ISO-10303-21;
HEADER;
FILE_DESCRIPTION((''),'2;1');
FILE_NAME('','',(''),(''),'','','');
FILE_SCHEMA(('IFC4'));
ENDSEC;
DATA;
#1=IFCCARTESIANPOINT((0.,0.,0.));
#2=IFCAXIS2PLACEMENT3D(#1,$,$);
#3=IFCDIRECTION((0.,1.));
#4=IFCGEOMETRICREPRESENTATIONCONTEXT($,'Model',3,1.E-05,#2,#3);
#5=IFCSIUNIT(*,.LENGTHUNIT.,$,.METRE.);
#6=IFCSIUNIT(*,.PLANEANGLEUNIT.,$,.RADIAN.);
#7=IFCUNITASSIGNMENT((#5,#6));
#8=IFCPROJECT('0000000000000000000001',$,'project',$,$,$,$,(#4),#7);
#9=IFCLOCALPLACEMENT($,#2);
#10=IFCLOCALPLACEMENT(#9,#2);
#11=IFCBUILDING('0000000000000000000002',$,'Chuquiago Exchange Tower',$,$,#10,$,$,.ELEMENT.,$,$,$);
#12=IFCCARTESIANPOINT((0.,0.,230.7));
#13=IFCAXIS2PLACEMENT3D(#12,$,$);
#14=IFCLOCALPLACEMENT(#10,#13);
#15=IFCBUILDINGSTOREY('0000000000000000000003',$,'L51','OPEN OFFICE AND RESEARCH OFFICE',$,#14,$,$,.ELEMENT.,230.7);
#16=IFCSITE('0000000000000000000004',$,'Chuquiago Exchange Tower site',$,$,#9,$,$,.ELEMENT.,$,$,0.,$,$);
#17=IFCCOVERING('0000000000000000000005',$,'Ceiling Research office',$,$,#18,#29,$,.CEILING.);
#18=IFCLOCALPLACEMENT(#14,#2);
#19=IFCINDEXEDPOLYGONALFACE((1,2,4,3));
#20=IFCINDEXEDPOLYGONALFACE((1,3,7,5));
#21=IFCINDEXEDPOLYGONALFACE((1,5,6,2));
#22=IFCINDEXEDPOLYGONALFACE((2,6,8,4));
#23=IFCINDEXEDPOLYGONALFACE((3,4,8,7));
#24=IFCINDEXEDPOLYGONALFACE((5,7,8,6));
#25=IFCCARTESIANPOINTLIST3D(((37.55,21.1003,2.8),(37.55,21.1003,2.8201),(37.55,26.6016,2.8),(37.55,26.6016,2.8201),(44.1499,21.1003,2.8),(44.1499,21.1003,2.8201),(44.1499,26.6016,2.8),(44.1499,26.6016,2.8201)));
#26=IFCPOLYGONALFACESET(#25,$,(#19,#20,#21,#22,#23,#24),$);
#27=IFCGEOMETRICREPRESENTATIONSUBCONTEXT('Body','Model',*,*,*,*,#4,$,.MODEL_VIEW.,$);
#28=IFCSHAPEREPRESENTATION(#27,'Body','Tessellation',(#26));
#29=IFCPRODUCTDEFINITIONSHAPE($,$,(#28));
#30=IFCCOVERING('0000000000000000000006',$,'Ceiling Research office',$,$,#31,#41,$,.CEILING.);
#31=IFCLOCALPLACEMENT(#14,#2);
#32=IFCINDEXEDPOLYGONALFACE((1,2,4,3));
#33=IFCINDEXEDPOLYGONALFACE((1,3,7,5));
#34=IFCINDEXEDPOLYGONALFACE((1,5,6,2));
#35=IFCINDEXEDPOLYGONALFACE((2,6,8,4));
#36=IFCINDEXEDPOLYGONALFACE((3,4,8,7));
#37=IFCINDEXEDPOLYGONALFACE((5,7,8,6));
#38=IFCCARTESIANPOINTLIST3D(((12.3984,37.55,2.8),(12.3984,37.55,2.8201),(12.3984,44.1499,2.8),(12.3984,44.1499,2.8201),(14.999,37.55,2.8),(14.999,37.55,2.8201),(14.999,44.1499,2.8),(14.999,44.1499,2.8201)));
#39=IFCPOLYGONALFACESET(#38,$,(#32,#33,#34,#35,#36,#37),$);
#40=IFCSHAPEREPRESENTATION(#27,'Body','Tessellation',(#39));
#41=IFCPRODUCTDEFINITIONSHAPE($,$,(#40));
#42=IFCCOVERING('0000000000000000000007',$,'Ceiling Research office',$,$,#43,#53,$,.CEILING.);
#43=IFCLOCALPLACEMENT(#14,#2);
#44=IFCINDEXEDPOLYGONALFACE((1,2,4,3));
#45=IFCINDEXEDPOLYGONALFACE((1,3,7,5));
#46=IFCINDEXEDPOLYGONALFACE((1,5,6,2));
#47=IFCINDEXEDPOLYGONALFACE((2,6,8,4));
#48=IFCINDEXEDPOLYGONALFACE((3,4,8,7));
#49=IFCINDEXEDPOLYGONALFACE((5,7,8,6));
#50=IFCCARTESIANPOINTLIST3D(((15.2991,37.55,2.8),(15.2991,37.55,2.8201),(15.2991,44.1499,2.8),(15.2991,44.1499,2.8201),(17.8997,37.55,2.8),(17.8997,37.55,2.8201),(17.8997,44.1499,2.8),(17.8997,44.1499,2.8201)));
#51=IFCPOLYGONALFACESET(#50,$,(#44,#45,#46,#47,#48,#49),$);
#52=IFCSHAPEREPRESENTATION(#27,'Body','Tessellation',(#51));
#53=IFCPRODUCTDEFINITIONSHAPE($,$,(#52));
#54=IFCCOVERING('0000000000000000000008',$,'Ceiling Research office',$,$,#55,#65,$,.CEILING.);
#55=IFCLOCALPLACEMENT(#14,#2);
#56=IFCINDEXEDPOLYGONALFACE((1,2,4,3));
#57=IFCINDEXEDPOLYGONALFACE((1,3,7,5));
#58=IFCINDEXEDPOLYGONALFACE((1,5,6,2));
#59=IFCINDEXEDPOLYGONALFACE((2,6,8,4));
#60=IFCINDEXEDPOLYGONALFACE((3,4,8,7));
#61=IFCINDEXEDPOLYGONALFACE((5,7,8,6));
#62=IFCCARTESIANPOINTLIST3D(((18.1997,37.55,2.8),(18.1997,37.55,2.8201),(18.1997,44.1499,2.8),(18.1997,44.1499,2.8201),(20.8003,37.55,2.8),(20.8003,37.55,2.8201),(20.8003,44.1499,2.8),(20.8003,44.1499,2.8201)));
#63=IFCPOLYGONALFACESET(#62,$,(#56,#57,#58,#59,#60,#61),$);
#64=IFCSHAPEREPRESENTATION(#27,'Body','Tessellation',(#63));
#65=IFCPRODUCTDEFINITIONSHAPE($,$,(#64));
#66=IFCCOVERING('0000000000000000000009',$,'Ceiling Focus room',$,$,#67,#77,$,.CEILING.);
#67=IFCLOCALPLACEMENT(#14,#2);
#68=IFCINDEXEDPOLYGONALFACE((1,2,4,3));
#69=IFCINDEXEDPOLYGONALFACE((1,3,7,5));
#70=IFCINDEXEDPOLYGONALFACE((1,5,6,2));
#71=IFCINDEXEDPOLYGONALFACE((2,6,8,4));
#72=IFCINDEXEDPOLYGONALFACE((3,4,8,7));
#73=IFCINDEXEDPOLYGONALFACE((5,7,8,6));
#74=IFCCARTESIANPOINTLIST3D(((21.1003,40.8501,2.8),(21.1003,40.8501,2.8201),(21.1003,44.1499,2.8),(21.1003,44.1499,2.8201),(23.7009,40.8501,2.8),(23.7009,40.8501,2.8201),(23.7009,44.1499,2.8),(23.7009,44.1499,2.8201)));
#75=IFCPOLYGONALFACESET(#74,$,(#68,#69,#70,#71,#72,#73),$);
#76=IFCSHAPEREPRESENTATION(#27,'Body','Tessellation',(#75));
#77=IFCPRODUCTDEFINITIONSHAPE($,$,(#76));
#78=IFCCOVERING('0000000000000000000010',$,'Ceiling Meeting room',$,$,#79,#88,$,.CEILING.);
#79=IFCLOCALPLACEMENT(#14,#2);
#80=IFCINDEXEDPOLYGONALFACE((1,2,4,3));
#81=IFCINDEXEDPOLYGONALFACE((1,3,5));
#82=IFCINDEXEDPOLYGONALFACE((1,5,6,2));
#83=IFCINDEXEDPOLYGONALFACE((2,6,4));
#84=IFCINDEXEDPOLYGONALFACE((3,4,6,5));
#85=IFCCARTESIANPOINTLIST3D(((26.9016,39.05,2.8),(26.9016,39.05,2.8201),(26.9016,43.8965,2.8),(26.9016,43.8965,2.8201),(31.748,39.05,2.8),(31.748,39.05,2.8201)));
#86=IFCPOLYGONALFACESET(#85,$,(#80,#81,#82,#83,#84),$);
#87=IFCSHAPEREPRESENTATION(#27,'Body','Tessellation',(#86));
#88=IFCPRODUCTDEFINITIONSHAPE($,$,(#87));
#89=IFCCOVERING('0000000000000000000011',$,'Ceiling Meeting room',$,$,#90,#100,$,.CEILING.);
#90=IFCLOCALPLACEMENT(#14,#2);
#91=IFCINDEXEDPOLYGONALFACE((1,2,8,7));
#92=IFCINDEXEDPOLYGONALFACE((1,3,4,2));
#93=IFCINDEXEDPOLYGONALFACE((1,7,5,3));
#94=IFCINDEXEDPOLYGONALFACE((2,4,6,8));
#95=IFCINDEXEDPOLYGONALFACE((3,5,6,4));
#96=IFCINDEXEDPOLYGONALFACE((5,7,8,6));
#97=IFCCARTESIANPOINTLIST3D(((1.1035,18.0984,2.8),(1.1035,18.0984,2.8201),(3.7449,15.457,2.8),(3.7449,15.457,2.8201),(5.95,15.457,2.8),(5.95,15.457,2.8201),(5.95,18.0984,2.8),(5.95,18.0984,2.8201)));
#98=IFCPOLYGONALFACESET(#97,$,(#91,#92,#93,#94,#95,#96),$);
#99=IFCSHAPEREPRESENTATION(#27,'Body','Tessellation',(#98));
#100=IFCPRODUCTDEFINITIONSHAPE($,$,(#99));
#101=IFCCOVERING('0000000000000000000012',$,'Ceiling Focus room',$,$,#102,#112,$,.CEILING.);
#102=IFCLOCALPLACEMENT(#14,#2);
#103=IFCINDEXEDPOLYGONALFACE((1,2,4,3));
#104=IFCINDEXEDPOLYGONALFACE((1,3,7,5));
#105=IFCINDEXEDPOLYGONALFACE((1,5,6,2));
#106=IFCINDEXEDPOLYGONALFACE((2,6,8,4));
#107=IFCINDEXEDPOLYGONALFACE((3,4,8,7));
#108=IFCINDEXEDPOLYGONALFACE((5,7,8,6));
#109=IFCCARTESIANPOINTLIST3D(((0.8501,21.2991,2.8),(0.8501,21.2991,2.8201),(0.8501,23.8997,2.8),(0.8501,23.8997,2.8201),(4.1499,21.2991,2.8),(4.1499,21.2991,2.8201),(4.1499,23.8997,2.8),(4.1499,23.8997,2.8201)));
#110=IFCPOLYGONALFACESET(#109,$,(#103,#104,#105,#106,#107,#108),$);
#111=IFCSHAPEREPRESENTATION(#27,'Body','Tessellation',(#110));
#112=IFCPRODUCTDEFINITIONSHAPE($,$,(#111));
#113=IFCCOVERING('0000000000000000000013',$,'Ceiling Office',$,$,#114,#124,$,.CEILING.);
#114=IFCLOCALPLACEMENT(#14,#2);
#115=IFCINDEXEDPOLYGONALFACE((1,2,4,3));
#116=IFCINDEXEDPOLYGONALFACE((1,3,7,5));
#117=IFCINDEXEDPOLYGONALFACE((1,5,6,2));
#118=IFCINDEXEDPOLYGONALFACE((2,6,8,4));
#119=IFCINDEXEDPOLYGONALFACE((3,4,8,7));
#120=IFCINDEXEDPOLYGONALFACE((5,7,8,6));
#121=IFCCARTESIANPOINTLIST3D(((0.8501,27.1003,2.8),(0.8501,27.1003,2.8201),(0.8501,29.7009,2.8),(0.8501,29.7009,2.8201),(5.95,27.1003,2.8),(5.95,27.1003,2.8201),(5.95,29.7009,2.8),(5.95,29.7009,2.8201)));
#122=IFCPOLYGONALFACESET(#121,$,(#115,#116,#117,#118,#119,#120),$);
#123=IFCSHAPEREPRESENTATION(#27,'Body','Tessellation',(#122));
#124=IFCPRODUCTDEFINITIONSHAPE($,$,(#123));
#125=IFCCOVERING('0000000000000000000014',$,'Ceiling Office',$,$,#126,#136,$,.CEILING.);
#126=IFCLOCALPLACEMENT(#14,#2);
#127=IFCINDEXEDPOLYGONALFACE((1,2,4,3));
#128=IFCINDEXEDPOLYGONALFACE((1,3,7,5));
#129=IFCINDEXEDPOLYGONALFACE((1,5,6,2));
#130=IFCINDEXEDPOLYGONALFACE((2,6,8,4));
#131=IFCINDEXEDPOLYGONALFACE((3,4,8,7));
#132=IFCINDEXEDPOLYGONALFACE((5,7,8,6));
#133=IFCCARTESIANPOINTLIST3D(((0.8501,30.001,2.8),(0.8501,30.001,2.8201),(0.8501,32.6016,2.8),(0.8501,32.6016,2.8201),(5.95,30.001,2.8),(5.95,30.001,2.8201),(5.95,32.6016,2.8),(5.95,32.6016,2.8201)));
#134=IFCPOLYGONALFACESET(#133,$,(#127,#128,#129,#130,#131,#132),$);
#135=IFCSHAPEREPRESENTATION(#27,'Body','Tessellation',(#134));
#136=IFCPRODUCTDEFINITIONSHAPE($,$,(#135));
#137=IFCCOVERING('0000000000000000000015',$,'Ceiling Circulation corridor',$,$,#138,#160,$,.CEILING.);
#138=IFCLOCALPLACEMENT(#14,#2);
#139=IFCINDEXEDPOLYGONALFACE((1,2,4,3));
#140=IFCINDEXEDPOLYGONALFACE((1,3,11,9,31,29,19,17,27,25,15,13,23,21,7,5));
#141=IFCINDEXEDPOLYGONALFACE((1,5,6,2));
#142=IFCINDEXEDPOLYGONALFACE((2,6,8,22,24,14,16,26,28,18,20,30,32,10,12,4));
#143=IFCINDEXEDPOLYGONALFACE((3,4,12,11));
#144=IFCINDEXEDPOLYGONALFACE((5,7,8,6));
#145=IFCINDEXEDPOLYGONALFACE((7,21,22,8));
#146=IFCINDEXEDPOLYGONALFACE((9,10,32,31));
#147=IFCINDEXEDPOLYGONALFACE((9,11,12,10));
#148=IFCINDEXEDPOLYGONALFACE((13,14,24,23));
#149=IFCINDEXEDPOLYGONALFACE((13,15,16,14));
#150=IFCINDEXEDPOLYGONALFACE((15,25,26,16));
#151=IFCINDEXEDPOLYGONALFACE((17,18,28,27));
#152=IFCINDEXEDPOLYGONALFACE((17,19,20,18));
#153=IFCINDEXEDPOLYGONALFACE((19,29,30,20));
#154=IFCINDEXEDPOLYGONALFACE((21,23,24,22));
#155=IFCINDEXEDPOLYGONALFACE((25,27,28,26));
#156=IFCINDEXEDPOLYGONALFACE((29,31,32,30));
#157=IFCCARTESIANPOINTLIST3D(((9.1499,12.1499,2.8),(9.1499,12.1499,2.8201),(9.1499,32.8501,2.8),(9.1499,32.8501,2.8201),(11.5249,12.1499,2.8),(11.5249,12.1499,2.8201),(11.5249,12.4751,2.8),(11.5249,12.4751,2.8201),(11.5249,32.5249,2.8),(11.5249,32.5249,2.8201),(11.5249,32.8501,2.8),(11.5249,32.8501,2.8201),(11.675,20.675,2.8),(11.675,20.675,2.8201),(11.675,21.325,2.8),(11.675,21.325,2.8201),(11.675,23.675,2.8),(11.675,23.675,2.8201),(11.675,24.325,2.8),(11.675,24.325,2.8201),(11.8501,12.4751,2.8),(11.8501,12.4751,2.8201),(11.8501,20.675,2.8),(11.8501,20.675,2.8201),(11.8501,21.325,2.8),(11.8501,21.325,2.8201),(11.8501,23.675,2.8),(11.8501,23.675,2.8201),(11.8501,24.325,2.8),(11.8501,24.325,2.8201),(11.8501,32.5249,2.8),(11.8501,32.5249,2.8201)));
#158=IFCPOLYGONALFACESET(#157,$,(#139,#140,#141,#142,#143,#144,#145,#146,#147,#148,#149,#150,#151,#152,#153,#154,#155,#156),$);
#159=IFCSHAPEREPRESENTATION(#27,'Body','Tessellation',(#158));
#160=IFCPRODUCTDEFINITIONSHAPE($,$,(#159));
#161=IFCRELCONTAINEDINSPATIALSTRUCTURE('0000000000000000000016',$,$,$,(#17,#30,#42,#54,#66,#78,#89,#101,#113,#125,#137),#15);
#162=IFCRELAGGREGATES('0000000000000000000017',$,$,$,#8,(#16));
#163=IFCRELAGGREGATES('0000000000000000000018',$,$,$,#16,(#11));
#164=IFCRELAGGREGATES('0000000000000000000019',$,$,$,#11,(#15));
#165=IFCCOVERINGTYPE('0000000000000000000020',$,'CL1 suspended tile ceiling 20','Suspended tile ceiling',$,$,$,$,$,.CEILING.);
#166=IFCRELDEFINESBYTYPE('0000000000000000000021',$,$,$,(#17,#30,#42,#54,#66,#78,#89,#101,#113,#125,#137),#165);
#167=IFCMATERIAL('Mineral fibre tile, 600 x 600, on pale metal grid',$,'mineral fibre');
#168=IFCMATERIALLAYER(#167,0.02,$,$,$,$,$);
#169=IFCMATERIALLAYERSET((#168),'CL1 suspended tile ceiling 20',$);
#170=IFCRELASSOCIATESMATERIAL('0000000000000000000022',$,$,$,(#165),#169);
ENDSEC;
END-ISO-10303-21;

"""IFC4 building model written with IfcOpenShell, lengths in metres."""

from ifc_helpers import new_model, si_unit, direction, frame, origin, place, context, subcontext, project, spatial, polyline, outline, extrude, material, layer, layer_set, type_object, element, save


model = new_model("IFC4")

# Units and contexts
model_context = context("Model", 3, precision=1e-05, world=origin(), true_north=direction((0.0, 1.0)))
body_context = subcontext(model_context, "Body", "Model", "MODEL_VIEW")
ifc_project = project(units=[si_unit("LENGTHUNIT", "METRE"), si_unit("PLANEANGLEUNIT", "RADIAN")], contexts=[model_context])

# Site, building, storey
site_placement = place(None, origin())
site = spatial("IfcSite", under=ifc_project, at=site_placement, Name="Chuquiago Exchange Tower site", CompositionType="ELEMENT", RefElevation=0.0)
building_placement = place(site_placement, origin())
building = spatial("IfcBuilding", under=site, at=building_placement, Name="Chuquiago Exchange Tower", CompositionType="ELEMENT")
storey_placement = place(building_placement, frame((0.0, 0.0, 230.7)))
storey = spatial("IfcBuildingStorey", under=building, at=storey_placement, Name="L51", Description="OPEN OFFICE AND RESEARCH OFFICE", CompositionType="ELEMENT", Elevation=230.7)

# Coverings
ifc_material_1 = material(Name="Mineral fibre tile, 600 x 600, on pale metal grid", Category="mineral fibre")
ifc_layer_1 = layer(ifc_material_1, 0.02)
ifc_layer_set_1 = layer_set([ifc_layer_1], Name="CL1 suspended tile ceiling 20")
covering_type_1 = type_object("IfcCoveringType", Name="CL1 suspended tile ceiling 20", Description="Suspended tile ceiling", PredefinedType="CEILING", material=ifc_layer_set_1)
covering_1_placement = place(storey_placement, frame((0.0, 0.0, 2.8)))
element("IfcCovering", 1, at=covering_1_placement, inside=storey, type_object=covering_type_1, Name="Ceiling Research office", PredefinedType="CEILING", context=body_context, shape_type="SweptSolid", body=[
    extrude(outline(polyline([(44.1499, 21.1003), (37.55, 21.1003), (37.55, 26.6016), (44.1499, 26.6016), (44.1499, 21.1003)])), origin(), (0.0, 0.0, 1.0), 0.02),
])
covering_2_placement = place(storey_placement, frame((0.0, 0.0, 2.8)))
element("IfcCovering", 2, at=covering_2_placement, inside=storey, type_object=covering_type_1, Name="Ceiling Research office", PredefinedType="CEILING", context=body_context, shape_type="SweptSolid", body=[
    extrude(outline(polyline([(14.999, 44.1499), (14.999, 37.55), (12.3984, 37.55), (12.3984, 44.1499), (14.999, 44.1499)])), origin(), (0.0, 0.0, 1.0), 0.02),
])
covering_3_placement = place(storey_placement, frame((0.0, 0.0, 2.8)))
element("IfcCovering", 3, at=covering_3_placement, inside=storey, type_object=covering_type_1, Name="Ceiling Research office", PredefinedType="CEILING", context=body_context, shape_type="SweptSolid", body=[
    extrude(outline(polyline([(17.8997, 37.55), (15.2991, 37.55), (15.2991, 44.1499), (17.8997, 44.1499), (17.8997, 37.55)])), origin(), (0.0, 0.0, 1.0), 0.02),
])
covering_4_placement = place(storey_placement, frame((0.0, 0.0, 2.8)))
element("IfcCovering", 4, at=covering_4_placement, inside=storey, type_object=covering_type_1, Name="Ceiling Research office", PredefinedType="CEILING", context=body_context, shape_type="SweptSolid", body=[
    extrude(outline(polyline([(20.8003, 37.55), (18.1997, 37.55), (18.1997, 44.1499), (20.8003, 44.1499), (20.8003, 37.55)])), origin(), (0.0, 0.0, 1.0), 0.02),
])
covering_5_placement = place(storey_placement, frame((0.0, 0.0, 2.8)))
element("IfcCovering", 5, at=covering_5_placement, inside=storey, type_object=covering_type_1, Name="Ceiling Focus room", PredefinedType="CEILING", context=body_context, shape_type="SweptSolid", body=[
    extrude(outline(polyline([(23.7009, 40.8501), (21.1003, 40.8501), (21.1003, 44.1499), (23.7009, 44.1499), (23.7009, 40.8501)])), origin(), (0.0, 0.0, 1.0), 0.02),
])
covering_6_placement = place(storey_placement, frame((0.0, 0.0, 2.8)))
element("IfcCovering", 6, at=covering_6_placement, inside=storey, type_object=covering_type_1, Name="Ceiling Meeting room", PredefinedType="CEILING", context=body_context, shape_type="SweptSolid", body=[
    extrude(outline(polyline([(26.9016, 39.05), (26.9016, 43.8965), (31.748, 39.05), (26.9016, 39.05)])), origin(), (0.0, 0.0, 1.0), 0.02),
])
covering_7_placement = place(storey_placement, frame((0.0, 0.0, 2.8)))
element("IfcCovering", 7, at=covering_7_placement, inside=storey, type_object=covering_type_1, Name="Ceiling Meeting room", PredefinedType="CEILING", context=body_context, shape_type="SweptSolid", body=[
    extrude(outline(polyline([(5.95, 18.0984), (5.95, 15.457), (3.7449, 15.457), (1.1035, 18.0984), (5.95, 18.0984)])), origin(), (0.0, 0.0, 1.0), 0.02),
])
covering_8_placement = place(storey_placement, frame((0.0, 0.0, 2.8)))
element("IfcCovering", 8, at=covering_8_placement, inside=storey, type_object=covering_type_1, Name="Ceiling Focus room", PredefinedType="CEILING", context=body_context, shape_type="SweptSolid", body=[
    extrude(outline(polyline([(4.1499, 23.8997), (4.1499, 21.2991), (0.8501, 21.2991), (0.8501, 23.8997), (4.1499, 23.8997)])), origin(), (0.0, 0.0, 1.0), 0.02),
])
covering_9_placement = place(storey_placement, frame((0.0, 0.0, 2.8)))
element("IfcCovering", 9, at=covering_9_placement, inside=storey, type_object=covering_type_1, Name="Ceiling Office", PredefinedType="CEILING", context=body_context, shape_type="SweptSolid", body=[
    extrude(outline(polyline([(5.95, 29.7009), (5.95, 27.1003), (0.8501, 27.1003), (0.8501, 29.7009), (5.95, 29.7009)])), origin(), (0.0, 0.0, 1.0), 0.02),
])
covering_10_placement = place(storey_placement, frame((0.0, 0.0, 2.8)))
element("IfcCovering", 10, at=covering_10_placement, inside=storey, type_object=covering_type_1, Name="Ceiling Office", PredefinedType="CEILING", context=body_context, shape_type="SweptSolid", body=[
    extrude(outline(polyline([(5.95, 32.6016), (5.95, 30.001), (0.8501, 30.001), (0.8501, 32.6016), (5.95, 32.6016)])), origin(), (0.0, 0.0, 1.0), 0.02),
])
covering_11_placement = place(storey_placement, frame((0.0, 0.0, 2.8)))
element("IfcCovering", 11, at=covering_11_placement, inside=storey, type_object=covering_type_1, Name="Ceiling Circulation corridor", PredefinedType="CEILING", context=body_context, shape_type="SweptSolid", body=[
    extrude(outline(polyline([(9.1499, 12.1499), (9.1499, 32.8501), (11.5249, 32.8501), (11.5249, 32.5249), (11.8501, 32.5249), (11.8501, 24.325), (11.675, 24.325), (11.675, 23.675), (11.8501, 23.675), (11.8501, 21.325), (11.675, 21.325), (11.675, 20.675), (11.8501, 20.675), (11.8501, 12.4751), (11.5249, 12.4751), (11.5249, 12.1499), (9.1499, 12.1499)])), origin(), (0.0, 0.0, 1.0), 0.02),
])

save(model, "model.ifc")
